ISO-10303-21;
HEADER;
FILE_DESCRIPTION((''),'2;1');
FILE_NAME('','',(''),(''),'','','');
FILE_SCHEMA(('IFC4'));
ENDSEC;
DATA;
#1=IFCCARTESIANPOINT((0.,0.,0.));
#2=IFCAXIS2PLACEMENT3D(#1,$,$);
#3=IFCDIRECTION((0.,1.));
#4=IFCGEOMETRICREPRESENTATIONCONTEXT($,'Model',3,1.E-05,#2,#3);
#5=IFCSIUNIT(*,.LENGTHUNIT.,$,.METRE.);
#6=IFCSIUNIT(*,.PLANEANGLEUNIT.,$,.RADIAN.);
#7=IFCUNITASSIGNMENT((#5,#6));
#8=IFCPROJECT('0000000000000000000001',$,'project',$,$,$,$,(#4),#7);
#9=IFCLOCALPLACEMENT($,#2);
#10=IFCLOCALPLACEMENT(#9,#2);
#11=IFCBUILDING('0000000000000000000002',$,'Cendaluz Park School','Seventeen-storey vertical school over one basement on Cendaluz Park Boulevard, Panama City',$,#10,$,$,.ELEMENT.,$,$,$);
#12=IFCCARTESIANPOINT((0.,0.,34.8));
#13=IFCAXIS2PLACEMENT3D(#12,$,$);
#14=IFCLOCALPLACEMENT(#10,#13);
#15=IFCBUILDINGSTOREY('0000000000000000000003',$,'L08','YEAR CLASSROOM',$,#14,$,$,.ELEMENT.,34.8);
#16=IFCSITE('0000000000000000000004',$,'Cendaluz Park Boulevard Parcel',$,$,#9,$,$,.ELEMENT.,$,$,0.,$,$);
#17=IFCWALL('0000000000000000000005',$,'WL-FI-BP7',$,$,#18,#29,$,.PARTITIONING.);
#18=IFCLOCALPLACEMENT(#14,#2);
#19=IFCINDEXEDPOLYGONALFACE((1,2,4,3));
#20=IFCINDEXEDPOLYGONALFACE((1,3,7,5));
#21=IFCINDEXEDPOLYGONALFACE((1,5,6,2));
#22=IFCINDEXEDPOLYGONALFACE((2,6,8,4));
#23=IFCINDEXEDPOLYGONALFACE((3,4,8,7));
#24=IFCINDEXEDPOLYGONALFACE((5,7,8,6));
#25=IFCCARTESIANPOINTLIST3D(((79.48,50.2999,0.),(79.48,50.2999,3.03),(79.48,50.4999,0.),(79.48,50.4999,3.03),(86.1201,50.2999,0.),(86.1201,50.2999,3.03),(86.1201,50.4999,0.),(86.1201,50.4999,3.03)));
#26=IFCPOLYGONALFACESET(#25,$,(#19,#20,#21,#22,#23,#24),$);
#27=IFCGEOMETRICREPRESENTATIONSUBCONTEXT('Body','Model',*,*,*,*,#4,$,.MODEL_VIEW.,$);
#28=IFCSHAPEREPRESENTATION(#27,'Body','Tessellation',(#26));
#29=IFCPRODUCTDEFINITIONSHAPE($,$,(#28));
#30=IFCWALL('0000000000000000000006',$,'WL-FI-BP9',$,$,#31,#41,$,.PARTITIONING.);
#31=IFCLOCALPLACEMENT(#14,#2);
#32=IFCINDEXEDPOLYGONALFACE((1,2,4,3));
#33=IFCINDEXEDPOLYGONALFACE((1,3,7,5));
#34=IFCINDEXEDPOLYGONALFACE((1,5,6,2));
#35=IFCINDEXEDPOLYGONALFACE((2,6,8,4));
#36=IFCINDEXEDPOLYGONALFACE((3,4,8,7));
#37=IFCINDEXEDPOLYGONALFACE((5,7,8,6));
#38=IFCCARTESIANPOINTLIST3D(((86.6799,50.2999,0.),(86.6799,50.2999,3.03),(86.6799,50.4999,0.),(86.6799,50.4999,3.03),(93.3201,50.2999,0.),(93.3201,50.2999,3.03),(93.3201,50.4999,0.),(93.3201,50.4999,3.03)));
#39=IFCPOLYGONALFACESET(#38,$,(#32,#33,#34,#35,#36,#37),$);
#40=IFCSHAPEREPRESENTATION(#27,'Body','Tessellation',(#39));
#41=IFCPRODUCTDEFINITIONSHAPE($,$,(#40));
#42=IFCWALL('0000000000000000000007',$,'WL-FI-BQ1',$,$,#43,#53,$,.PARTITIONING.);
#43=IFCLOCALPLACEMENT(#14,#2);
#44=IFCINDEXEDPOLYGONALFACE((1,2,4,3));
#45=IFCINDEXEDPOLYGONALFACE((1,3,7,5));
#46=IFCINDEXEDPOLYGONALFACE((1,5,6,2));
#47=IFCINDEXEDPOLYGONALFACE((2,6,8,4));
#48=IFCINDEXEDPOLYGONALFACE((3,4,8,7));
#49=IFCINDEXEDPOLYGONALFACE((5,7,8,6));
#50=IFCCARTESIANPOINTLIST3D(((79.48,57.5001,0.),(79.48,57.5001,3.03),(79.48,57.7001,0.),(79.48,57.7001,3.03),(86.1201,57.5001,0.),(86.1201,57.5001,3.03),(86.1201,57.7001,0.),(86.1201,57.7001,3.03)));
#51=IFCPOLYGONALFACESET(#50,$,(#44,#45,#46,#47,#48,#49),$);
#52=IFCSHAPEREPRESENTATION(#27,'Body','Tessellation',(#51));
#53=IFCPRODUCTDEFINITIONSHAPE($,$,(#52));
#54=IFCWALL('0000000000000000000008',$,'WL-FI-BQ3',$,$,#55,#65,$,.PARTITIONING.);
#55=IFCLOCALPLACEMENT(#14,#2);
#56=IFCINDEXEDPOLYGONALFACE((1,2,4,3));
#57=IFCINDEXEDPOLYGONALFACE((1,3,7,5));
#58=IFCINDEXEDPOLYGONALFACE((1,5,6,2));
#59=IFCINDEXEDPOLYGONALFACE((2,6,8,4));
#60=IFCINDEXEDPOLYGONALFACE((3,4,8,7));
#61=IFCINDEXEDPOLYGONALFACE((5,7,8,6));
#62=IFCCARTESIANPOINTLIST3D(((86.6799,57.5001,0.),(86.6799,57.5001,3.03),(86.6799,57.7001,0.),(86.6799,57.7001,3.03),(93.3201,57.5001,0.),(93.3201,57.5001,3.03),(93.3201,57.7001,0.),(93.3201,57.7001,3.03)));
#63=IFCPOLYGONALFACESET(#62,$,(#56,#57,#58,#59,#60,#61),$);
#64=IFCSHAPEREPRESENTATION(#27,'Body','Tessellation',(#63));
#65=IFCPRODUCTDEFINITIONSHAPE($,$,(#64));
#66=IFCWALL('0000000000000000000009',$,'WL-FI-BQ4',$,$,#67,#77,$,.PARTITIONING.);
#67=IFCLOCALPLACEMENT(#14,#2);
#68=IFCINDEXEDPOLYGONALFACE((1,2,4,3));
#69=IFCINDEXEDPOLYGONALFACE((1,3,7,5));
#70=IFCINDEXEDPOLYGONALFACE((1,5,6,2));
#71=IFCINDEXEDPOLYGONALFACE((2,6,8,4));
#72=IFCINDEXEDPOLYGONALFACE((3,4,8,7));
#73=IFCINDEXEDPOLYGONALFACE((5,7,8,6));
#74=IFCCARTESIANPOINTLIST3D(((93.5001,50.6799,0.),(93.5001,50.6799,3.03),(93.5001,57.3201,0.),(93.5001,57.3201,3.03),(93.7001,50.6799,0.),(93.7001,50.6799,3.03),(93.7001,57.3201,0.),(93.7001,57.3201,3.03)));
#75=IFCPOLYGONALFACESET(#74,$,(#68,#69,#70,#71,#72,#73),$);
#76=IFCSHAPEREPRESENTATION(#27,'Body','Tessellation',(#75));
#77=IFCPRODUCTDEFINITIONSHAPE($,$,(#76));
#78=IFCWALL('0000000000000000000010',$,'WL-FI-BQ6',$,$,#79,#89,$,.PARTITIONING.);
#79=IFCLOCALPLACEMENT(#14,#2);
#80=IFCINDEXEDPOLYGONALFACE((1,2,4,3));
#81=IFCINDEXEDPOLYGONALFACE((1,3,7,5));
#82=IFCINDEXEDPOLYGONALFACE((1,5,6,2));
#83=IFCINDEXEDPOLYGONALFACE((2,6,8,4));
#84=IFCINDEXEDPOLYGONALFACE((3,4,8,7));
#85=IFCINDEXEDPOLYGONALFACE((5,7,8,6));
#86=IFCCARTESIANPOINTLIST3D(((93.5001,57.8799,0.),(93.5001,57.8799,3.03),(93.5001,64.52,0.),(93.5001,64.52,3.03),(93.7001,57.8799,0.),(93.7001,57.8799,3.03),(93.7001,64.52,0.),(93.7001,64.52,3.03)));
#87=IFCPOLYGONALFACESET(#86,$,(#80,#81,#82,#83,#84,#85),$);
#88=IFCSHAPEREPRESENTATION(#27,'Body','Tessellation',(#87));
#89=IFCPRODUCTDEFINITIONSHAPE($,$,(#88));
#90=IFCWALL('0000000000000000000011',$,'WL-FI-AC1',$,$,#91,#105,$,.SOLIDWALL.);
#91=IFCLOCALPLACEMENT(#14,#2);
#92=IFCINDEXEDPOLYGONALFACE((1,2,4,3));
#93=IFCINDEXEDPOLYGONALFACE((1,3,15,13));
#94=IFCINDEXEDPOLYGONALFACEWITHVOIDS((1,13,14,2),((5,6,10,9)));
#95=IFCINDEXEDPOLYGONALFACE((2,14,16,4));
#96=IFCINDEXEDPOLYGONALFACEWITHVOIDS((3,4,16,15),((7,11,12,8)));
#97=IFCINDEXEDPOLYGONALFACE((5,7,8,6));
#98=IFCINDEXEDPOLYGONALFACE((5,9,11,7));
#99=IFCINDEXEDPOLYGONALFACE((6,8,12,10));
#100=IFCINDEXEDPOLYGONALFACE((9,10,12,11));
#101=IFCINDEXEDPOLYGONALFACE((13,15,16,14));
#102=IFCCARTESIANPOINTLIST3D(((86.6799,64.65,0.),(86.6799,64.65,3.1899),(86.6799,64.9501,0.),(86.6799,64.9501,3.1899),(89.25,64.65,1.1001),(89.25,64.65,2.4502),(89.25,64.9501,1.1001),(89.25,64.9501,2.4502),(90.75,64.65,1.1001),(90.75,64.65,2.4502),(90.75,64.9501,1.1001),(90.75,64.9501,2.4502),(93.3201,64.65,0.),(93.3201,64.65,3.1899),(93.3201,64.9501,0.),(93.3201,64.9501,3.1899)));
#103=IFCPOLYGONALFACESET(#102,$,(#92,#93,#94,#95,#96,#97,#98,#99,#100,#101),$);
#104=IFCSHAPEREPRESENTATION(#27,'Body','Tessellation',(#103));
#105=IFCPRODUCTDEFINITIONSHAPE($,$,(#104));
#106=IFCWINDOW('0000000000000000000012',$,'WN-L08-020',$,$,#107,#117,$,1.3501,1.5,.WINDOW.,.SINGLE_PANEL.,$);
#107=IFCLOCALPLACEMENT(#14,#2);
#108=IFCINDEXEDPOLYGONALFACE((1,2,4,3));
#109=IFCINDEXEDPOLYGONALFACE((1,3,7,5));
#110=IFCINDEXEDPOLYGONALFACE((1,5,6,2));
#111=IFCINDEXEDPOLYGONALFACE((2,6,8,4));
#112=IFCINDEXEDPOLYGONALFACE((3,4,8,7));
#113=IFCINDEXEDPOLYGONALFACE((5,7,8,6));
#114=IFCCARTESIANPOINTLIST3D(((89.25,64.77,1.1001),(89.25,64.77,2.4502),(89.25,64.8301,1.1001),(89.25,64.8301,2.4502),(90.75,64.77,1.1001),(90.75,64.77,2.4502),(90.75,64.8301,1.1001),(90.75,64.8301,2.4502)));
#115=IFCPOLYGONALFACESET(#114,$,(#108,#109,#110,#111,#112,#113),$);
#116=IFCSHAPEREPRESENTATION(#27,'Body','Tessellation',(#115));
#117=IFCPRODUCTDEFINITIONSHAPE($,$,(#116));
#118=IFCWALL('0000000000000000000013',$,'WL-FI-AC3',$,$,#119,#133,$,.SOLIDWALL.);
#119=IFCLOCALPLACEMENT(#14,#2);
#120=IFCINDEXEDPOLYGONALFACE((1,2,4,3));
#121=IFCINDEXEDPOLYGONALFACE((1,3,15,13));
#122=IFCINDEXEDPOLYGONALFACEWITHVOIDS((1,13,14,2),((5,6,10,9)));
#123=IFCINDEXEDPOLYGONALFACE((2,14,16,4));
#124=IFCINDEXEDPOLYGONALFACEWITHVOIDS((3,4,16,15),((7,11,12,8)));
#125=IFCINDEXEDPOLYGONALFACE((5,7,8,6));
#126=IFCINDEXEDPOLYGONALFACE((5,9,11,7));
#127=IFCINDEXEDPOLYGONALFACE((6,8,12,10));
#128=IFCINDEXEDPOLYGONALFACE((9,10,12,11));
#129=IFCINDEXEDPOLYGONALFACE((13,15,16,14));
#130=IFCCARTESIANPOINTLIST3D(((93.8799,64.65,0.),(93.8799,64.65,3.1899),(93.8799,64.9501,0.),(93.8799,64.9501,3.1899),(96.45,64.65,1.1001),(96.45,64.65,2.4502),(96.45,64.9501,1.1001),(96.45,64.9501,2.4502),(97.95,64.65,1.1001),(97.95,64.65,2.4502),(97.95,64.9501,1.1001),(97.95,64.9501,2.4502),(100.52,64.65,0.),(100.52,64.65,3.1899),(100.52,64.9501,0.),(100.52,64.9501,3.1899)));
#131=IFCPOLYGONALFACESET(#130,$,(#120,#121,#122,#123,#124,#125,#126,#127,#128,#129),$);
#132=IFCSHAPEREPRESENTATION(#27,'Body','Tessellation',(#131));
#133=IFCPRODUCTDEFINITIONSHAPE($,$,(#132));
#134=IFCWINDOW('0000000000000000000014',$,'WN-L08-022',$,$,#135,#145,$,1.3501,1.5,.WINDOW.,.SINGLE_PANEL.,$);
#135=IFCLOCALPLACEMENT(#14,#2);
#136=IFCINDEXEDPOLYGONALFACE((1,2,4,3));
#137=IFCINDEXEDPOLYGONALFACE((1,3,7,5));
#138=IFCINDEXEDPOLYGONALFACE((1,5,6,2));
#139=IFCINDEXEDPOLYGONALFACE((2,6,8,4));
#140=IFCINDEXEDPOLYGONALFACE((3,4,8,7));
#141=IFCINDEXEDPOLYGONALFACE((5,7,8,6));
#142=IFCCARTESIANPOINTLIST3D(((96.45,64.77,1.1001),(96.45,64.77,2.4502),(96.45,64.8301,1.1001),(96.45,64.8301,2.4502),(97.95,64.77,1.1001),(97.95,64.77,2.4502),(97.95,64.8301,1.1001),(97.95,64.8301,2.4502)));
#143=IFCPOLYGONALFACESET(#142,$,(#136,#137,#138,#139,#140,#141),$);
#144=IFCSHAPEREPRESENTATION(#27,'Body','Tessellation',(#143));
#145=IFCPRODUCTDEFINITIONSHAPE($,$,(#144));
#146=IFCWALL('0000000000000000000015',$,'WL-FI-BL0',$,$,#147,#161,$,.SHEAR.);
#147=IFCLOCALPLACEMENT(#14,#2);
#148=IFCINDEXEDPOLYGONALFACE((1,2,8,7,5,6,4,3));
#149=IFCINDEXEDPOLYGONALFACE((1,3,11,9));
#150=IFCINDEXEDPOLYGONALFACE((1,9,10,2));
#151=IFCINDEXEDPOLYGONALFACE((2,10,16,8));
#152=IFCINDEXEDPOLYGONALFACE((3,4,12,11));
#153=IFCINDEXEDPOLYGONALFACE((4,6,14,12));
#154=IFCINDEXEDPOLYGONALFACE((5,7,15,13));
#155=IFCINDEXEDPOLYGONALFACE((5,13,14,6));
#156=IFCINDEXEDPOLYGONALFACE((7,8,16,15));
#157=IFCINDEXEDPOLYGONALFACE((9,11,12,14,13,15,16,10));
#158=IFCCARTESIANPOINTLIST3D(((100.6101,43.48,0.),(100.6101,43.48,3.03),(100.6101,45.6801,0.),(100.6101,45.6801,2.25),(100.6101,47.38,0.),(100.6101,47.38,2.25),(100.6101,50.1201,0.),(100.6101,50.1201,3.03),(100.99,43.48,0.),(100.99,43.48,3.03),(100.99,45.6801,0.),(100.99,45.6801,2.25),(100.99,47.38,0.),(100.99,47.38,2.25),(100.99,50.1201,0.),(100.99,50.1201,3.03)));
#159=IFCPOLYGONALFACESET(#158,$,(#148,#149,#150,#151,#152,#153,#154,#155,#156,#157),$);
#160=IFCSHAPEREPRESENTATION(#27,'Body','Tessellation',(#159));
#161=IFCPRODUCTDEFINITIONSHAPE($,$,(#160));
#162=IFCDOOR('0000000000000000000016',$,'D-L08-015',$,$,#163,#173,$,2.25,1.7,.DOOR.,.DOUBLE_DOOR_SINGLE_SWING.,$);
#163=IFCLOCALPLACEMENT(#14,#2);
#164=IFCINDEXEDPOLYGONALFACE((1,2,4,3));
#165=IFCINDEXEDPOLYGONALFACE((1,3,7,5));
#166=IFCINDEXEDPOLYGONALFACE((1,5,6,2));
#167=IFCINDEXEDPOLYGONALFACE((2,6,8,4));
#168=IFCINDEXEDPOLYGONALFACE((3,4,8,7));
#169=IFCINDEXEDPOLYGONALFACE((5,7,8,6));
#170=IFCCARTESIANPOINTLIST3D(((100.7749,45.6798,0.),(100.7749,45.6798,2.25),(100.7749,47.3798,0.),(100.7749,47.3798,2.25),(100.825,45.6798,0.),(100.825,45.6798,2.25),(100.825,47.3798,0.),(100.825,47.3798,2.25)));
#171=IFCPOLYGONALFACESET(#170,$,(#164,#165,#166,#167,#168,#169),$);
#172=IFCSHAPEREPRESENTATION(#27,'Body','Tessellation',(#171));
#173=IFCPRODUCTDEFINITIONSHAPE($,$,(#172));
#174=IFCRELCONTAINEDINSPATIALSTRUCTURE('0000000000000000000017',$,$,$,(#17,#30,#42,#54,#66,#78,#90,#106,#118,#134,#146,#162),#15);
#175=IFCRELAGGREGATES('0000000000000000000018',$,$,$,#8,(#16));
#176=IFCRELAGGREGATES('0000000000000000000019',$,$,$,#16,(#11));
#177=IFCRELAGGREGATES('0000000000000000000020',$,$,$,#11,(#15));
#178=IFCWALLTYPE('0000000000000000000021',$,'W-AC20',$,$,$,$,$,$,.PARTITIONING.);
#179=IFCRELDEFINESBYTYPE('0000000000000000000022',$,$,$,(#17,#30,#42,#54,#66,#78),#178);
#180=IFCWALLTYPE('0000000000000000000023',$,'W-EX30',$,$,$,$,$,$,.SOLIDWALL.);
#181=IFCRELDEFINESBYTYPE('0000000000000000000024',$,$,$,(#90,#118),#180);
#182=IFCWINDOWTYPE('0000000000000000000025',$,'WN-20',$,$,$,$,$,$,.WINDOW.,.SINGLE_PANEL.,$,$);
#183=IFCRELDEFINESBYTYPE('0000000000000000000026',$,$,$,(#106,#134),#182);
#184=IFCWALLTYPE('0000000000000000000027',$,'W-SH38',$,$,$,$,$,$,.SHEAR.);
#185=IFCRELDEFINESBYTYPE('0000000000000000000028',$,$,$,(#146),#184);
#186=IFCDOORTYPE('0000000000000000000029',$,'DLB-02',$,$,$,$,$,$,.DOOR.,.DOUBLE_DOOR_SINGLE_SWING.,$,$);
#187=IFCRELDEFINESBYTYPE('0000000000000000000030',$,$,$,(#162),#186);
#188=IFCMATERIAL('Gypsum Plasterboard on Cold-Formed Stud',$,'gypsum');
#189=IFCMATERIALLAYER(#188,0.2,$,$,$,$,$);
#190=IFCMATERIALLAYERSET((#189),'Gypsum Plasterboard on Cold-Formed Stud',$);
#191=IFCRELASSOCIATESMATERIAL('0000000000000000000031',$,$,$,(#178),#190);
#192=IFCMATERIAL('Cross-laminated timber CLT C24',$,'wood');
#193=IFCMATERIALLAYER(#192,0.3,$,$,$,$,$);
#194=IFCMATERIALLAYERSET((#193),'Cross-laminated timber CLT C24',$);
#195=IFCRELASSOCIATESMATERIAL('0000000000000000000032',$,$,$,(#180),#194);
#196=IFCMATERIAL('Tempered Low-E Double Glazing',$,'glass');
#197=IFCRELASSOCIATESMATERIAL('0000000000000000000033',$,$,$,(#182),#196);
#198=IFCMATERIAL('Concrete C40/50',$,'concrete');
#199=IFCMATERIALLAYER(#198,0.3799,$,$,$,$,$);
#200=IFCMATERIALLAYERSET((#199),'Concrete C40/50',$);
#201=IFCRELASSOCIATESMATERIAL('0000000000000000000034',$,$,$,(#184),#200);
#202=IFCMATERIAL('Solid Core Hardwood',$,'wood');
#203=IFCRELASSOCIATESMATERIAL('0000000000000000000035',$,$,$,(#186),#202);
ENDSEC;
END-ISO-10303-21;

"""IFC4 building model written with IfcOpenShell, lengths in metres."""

from ifc_helpers import new_model, si_unit, direction, frame, frame_2d, origin, place, context, subcontext, project, spatial, rectangle, extrude, material, layer, layer_set, type_object, element, fill, save


model = new_model("IFC4")

# Units and contexts
model_context = context("Model", 3, precision=1e-05, world=origin(), true_north=direction((0.0, 1.0)))
body_context = subcontext(model_context, "Body", "Model", "MODEL_VIEW")
ifc_project = project(units=[si_unit("LENGTHUNIT", "METRE"), si_unit("PLANEANGLEUNIT", "RADIAN")], contexts=[model_context])

# Site, building, storey
site_placement = place(None, origin())
site = spatial("IfcSite", under=ifc_project, at=site_placement, Name="Cendaluz Park Boulevard Parcel", CompositionType="ELEMENT", RefElevation=0.0)
building_placement = place(site_placement, origin())
building = spatial("IfcBuilding", under=site, at=building_placement, Name="Cendaluz Park School", Description="Seventeen-storey vertical school over one basement on Cendaluz Park Boulevard, Panama City", CompositionType="ELEMENT")
storey_placement = place(building_placement, frame((0.0, 0.0, 34.8)))
storey = spatial("IfcBuildingStorey", under=building, at=storey_placement, Name="L08", Description="YEAR CLASSROOM", CompositionType="ELEMENT", Elevation=34.8)

# Walls
ifc_material_1 = material(Name="Gypsum Plasterboard on Cold-Formed Stud", Category="gypsum")
ifc_layer_1 = layer(ifc_material_1, 0.2)
ifc_layer_set_1 = layer_set([ifc_layer_1], Name="Gypsum Plasterboard on Cold-Formed Stud")
wall_type_1 = type_object("IfcWallType", Name="W-AC20", PredefinedType="PARTITIONING", material=ifc_layer_set_1)
for number, where, z_axis, x_axis, name in (
    (1, (79.48, 50.3999, 0.0), (0.0, 0.0, 1.0), (1.0, 0.0, 0.0), "WL-FI-BP7"),
    (2, (86.6799, 50.3999, 0.0), (0.0, 0.0, 1.0), (1.0, 0.0, 0.0), "WL-FI-BP9"),
    (3, (79.48, 57.6001, 0.0), (0.0, 0.0, 1.0), (1.0, 0.0, 0.0), "WL-FI-BQ1"),
    (4, (86.6799, 57.6001, 0.0), (0.0, 0.0, 1.0), (1.0, 0.0, 0.0), "WL-FI-BQ3"),
    (5, (93.6001, 50.6799, 0.0), (0.0, 0.0, 1.0), (0.0, 1.0, 0.0), "WL-FI-BQ4"),
    (6, (93.6001, 57.8799, 0.0), (0.0, 0.0, 1.0), (0.0, 1.0, 0.0), "WL-FI-BQ6"),
):
    element("IfcWall", number, at=place(storey_placement, frame(where, z_axis=z_axis, x_axis=x_axis)), inside=storey, type_object=wall_type_1, Name=name, PredefinedType="PARTITIONING", context=body_context, shape_type="SweptSolid", body=[
        extrude(rectangle(XDim=6.6401, YDim=0.2, at=frame_2d((3.3201, 0.0))), origin(), (0.0, 0.0, 1.0), 3.03),
    ])

# Walls, openings, windows
ifc_material_2 = material(Name="Cross-laminated timber CLT C24", Category="wood")
ifc_layer_2 = layer(ifc_material_2, 0.3)
ifc_layer_set_2 = layer_set([ifc_layer_2], Name="Cross-laminated timber CLT C24")
wall_type_2 = type_object("IfcWallType", Name="W-EX30", PredefinedType="SOLIDWALL", material=ifc_layer_set_2)
wall_1_placement = place(storey_placement, frame((86.6799, 64.8, 0.0), z_axis=(0.0, 0.0, 1.0), x_axis=(1.0, 0.0, 0.0)))
wall_1 = element("IfcWall", 7, at=wall_1_placement, inside=storey, type_object=wall_type_2, Name="WL-FI-AC1", PredefinedType="SOLIDWALL", context=body_context, shape_type="SweptSolid", body=[
    extrude(rectangle(XDim=6.6401, YDim=0.3, at=frame_2d((3.3201, 0.0))), origin(), (0.0, 0.0, 1.0), 3.1899),
])
opening_1_placement = place(wall_1_placement, frame((2.5701, 0.0, 1.1001)))
opening_1 = element("IfcOpeningElement", 8, at=opening_1_placement, cuts=wall_1, PredefinedType="OPENING", context=body_context, shape_type="SweptSolid", body=[
    extrude(rectangle(XDim=1.5, YDim=1.3501, at=frame_2d((0.75, 0.675))), frame((0.0, 0.1621, 0.0), z_axis=(0.0, -1.0, 0.0), x_axis=(1.0, 0.0, 0.0)), (0.0, 0.0, 1.0), 0.324),
])
ifc_material_3 = material(Name="Tempered Low-E Double Glazing", Category="glass")
window_type = type_object("IfcWindowType", Name="WN-20", PartitioningType="SINGLE_PANEL", PredefinedType="WINDOW", material=ifc_material_3)
window_1_placement = place(opening_1_placement, origin())
window_1 = element("IfcWindow", 9, at=window_1_placement, inside=storey, type_object=window_type, Name="WN-L08-020", OverallHeight=1.3501, OverallWidth=1.5, PartitioningType="SINGLE_PANEL", PredefinedType="WINDOW", context=body_context, shape_type="SweptSolid", body=[
    extrude(rectangle(XDim=1.5, YDim=1.3501, at=frame_2d((0.75, 0.675))), frame((0.0, 0.03, 0.0), z_axis=(0.0, -1.0, 0.0), x_axis=(1.0, 0.0, 0.0)), (0.0, 0.0, 1.0), 0.0601),
])
fill(opening_1, window_1)
wall_2_placement = place(storey_placement, frame((93.8799, 64.8, 0.0), z_axis=(0.0, 0.0, 1.0), x_axis=(1.0, 0.0, 0.0)))
wall_2 = element("IfcWall", 10, at=wall_2_placement, inside=storey, type_object=wall_type_2, Name="WL-FI-AC3", PredefinedType="SOLIDWALL", context=body_context, shape_type="SweptSolid", body=[
    extrude(rectangle(XDim=6.6401, YDim=0.3, at=frame_2d((3.3201, 0.0))), origin(), (0.0, 0.0, 1.0), 3.1899),
])
opening_2_placement = place(wall_2_placement, frame((2.5701, 0.0, 1.1001)))
opening_2 = element("IfcOpeningElement", 11, at=opening_2_placement, cuts=wall_2, PredefinedType="OPENING", context=body_context, shape_type="SweptSolid", body=[
    extrude(rectangle(XDim=1.5, YDim=1.3501, at=frame_2d((0.75, 0.675))), frame((0.0, 0.1621, 0.0), z_axis=(0.0, -1.0, 0.0), x_axis=(1.0, 0.0, 0.0)), (0.0, 0.0, 1.0), 0.324),
])
window_2_placement = place(opening_2_placement, origin())
window_2 = element("IfcWindow", 12, at=window_2_placement, inside=storey, type_object=window_type, Name="WN-L08-022", OverallHeight=1.3501, OverallWidth=1.5, PartitioningType="SINGLE_PANEL", PredefinedType="WINDOW", context=body_context, shape_type="SweptSolid", body=[
    extrude(rectangle(XDim=1.5, YDim=1.3501, at=frame_2d((0.75, 0.675))), frame((0.0, 0.03, 0.0), z_axis=(0.0, -1.0, 0.0), x_axis=(1.0, 0.0, 0.0)), (0.0, 0.0, 1.0), 0.0601),
])
fill(opening_2, window_2)

# Wall, opening, door
ifc_material_4 = material(Name="Concrete C40/50", Category="concrete")
ifc_layer_3 = layer(ifc_material_4, 0.3799)
ifc_layer_set_3 = layer_set([ifc_layer_3], Name="Concrete C40/50")
wall_type_3 = type_object("IfcWallType", Name="W-SH38", PredefinedType="SHEAR", material=ifc_layer_set_3)
wall_3_placement = place(storey_placement, frame((100.8, 43.48, 0.0), z_axis=(0.0, 0.0, 1.0), x_axis=(0.0, 1.0, 0.0)))
wall_3 = element("IfcWall", 13, at=wall_3_placement, inside=storey, type_object=wall_type_3, Name="WL-FI-BL0", PredefinedType="SHEAR", context=body_context, shape_type="SweptSolid", body=[
    extrude(rectangle(XDim=6.6401, YDim=0.3799, at=frame_2d((3.3201, 0.0))), origin(), (0.0, 0.0, 1.0), 3.03),
])
opening_3_placement = place(wall_3_placement, frame((2.2, 0.0, 0.0)))
opening_3 = element("IfcOpeningElement", 14, at=opening_3_placement, cuts=wall_3, PredefinedType="OPENING", context=body_context, shape_type="SweptSolid", body=[
    extrude(rectangle(XDim=1.7, YDim=2.25, at=frame_2d((0.8501, 1.125))), frame((0.0, 0.2019, 0.0), z_axis=(0.0, -1.0, 0.0), x_axis=(1.0, 0.0, 0.0)), (0.0, 0.0, 1.0), 0.4038),
])
ifc_material_5 = material(Name="Solid Core Hardwood", Category="wood")
door_type = type_object("IfcDoorType", Name="DLB-02", OperationType="DOUBLE_DOOR_SINGLE_SWING", PredefinedType="DOOR", material=ifc_material_5)
door_placement = place(opening_3_placement, frame((1.7, 0.0, 0.0), z_axis=(0.0, 0.0, 1.0), x_axis=(-1.0, 0.0, 0.0)))
door = element("IfcDoor", 15, at=door_placement, inside=storey, type_object=door_type, Name="D-L08-015", OperationType="DOUBLE_DOOR_SINGLE_SWING", OverallHeight=2.25, OverallWidth=1.7, PredefinedType="DOOR", context=body_context, shape_type="SweptSolid", body=[
    extrude(rectangle(XDim=1.7, YDim=2.25, at=frame_2d((0.8501, 1.125))), frame((0.0, 0.0249, 0.0), z_axis=(0.0, -1.0, 0.0), x_axis=(1.0, 0.0, 0.0)), (0.0, 0.0, 1.0), 0.05),
])
fill(opening_3, door)

save(model, "model.ifc")
